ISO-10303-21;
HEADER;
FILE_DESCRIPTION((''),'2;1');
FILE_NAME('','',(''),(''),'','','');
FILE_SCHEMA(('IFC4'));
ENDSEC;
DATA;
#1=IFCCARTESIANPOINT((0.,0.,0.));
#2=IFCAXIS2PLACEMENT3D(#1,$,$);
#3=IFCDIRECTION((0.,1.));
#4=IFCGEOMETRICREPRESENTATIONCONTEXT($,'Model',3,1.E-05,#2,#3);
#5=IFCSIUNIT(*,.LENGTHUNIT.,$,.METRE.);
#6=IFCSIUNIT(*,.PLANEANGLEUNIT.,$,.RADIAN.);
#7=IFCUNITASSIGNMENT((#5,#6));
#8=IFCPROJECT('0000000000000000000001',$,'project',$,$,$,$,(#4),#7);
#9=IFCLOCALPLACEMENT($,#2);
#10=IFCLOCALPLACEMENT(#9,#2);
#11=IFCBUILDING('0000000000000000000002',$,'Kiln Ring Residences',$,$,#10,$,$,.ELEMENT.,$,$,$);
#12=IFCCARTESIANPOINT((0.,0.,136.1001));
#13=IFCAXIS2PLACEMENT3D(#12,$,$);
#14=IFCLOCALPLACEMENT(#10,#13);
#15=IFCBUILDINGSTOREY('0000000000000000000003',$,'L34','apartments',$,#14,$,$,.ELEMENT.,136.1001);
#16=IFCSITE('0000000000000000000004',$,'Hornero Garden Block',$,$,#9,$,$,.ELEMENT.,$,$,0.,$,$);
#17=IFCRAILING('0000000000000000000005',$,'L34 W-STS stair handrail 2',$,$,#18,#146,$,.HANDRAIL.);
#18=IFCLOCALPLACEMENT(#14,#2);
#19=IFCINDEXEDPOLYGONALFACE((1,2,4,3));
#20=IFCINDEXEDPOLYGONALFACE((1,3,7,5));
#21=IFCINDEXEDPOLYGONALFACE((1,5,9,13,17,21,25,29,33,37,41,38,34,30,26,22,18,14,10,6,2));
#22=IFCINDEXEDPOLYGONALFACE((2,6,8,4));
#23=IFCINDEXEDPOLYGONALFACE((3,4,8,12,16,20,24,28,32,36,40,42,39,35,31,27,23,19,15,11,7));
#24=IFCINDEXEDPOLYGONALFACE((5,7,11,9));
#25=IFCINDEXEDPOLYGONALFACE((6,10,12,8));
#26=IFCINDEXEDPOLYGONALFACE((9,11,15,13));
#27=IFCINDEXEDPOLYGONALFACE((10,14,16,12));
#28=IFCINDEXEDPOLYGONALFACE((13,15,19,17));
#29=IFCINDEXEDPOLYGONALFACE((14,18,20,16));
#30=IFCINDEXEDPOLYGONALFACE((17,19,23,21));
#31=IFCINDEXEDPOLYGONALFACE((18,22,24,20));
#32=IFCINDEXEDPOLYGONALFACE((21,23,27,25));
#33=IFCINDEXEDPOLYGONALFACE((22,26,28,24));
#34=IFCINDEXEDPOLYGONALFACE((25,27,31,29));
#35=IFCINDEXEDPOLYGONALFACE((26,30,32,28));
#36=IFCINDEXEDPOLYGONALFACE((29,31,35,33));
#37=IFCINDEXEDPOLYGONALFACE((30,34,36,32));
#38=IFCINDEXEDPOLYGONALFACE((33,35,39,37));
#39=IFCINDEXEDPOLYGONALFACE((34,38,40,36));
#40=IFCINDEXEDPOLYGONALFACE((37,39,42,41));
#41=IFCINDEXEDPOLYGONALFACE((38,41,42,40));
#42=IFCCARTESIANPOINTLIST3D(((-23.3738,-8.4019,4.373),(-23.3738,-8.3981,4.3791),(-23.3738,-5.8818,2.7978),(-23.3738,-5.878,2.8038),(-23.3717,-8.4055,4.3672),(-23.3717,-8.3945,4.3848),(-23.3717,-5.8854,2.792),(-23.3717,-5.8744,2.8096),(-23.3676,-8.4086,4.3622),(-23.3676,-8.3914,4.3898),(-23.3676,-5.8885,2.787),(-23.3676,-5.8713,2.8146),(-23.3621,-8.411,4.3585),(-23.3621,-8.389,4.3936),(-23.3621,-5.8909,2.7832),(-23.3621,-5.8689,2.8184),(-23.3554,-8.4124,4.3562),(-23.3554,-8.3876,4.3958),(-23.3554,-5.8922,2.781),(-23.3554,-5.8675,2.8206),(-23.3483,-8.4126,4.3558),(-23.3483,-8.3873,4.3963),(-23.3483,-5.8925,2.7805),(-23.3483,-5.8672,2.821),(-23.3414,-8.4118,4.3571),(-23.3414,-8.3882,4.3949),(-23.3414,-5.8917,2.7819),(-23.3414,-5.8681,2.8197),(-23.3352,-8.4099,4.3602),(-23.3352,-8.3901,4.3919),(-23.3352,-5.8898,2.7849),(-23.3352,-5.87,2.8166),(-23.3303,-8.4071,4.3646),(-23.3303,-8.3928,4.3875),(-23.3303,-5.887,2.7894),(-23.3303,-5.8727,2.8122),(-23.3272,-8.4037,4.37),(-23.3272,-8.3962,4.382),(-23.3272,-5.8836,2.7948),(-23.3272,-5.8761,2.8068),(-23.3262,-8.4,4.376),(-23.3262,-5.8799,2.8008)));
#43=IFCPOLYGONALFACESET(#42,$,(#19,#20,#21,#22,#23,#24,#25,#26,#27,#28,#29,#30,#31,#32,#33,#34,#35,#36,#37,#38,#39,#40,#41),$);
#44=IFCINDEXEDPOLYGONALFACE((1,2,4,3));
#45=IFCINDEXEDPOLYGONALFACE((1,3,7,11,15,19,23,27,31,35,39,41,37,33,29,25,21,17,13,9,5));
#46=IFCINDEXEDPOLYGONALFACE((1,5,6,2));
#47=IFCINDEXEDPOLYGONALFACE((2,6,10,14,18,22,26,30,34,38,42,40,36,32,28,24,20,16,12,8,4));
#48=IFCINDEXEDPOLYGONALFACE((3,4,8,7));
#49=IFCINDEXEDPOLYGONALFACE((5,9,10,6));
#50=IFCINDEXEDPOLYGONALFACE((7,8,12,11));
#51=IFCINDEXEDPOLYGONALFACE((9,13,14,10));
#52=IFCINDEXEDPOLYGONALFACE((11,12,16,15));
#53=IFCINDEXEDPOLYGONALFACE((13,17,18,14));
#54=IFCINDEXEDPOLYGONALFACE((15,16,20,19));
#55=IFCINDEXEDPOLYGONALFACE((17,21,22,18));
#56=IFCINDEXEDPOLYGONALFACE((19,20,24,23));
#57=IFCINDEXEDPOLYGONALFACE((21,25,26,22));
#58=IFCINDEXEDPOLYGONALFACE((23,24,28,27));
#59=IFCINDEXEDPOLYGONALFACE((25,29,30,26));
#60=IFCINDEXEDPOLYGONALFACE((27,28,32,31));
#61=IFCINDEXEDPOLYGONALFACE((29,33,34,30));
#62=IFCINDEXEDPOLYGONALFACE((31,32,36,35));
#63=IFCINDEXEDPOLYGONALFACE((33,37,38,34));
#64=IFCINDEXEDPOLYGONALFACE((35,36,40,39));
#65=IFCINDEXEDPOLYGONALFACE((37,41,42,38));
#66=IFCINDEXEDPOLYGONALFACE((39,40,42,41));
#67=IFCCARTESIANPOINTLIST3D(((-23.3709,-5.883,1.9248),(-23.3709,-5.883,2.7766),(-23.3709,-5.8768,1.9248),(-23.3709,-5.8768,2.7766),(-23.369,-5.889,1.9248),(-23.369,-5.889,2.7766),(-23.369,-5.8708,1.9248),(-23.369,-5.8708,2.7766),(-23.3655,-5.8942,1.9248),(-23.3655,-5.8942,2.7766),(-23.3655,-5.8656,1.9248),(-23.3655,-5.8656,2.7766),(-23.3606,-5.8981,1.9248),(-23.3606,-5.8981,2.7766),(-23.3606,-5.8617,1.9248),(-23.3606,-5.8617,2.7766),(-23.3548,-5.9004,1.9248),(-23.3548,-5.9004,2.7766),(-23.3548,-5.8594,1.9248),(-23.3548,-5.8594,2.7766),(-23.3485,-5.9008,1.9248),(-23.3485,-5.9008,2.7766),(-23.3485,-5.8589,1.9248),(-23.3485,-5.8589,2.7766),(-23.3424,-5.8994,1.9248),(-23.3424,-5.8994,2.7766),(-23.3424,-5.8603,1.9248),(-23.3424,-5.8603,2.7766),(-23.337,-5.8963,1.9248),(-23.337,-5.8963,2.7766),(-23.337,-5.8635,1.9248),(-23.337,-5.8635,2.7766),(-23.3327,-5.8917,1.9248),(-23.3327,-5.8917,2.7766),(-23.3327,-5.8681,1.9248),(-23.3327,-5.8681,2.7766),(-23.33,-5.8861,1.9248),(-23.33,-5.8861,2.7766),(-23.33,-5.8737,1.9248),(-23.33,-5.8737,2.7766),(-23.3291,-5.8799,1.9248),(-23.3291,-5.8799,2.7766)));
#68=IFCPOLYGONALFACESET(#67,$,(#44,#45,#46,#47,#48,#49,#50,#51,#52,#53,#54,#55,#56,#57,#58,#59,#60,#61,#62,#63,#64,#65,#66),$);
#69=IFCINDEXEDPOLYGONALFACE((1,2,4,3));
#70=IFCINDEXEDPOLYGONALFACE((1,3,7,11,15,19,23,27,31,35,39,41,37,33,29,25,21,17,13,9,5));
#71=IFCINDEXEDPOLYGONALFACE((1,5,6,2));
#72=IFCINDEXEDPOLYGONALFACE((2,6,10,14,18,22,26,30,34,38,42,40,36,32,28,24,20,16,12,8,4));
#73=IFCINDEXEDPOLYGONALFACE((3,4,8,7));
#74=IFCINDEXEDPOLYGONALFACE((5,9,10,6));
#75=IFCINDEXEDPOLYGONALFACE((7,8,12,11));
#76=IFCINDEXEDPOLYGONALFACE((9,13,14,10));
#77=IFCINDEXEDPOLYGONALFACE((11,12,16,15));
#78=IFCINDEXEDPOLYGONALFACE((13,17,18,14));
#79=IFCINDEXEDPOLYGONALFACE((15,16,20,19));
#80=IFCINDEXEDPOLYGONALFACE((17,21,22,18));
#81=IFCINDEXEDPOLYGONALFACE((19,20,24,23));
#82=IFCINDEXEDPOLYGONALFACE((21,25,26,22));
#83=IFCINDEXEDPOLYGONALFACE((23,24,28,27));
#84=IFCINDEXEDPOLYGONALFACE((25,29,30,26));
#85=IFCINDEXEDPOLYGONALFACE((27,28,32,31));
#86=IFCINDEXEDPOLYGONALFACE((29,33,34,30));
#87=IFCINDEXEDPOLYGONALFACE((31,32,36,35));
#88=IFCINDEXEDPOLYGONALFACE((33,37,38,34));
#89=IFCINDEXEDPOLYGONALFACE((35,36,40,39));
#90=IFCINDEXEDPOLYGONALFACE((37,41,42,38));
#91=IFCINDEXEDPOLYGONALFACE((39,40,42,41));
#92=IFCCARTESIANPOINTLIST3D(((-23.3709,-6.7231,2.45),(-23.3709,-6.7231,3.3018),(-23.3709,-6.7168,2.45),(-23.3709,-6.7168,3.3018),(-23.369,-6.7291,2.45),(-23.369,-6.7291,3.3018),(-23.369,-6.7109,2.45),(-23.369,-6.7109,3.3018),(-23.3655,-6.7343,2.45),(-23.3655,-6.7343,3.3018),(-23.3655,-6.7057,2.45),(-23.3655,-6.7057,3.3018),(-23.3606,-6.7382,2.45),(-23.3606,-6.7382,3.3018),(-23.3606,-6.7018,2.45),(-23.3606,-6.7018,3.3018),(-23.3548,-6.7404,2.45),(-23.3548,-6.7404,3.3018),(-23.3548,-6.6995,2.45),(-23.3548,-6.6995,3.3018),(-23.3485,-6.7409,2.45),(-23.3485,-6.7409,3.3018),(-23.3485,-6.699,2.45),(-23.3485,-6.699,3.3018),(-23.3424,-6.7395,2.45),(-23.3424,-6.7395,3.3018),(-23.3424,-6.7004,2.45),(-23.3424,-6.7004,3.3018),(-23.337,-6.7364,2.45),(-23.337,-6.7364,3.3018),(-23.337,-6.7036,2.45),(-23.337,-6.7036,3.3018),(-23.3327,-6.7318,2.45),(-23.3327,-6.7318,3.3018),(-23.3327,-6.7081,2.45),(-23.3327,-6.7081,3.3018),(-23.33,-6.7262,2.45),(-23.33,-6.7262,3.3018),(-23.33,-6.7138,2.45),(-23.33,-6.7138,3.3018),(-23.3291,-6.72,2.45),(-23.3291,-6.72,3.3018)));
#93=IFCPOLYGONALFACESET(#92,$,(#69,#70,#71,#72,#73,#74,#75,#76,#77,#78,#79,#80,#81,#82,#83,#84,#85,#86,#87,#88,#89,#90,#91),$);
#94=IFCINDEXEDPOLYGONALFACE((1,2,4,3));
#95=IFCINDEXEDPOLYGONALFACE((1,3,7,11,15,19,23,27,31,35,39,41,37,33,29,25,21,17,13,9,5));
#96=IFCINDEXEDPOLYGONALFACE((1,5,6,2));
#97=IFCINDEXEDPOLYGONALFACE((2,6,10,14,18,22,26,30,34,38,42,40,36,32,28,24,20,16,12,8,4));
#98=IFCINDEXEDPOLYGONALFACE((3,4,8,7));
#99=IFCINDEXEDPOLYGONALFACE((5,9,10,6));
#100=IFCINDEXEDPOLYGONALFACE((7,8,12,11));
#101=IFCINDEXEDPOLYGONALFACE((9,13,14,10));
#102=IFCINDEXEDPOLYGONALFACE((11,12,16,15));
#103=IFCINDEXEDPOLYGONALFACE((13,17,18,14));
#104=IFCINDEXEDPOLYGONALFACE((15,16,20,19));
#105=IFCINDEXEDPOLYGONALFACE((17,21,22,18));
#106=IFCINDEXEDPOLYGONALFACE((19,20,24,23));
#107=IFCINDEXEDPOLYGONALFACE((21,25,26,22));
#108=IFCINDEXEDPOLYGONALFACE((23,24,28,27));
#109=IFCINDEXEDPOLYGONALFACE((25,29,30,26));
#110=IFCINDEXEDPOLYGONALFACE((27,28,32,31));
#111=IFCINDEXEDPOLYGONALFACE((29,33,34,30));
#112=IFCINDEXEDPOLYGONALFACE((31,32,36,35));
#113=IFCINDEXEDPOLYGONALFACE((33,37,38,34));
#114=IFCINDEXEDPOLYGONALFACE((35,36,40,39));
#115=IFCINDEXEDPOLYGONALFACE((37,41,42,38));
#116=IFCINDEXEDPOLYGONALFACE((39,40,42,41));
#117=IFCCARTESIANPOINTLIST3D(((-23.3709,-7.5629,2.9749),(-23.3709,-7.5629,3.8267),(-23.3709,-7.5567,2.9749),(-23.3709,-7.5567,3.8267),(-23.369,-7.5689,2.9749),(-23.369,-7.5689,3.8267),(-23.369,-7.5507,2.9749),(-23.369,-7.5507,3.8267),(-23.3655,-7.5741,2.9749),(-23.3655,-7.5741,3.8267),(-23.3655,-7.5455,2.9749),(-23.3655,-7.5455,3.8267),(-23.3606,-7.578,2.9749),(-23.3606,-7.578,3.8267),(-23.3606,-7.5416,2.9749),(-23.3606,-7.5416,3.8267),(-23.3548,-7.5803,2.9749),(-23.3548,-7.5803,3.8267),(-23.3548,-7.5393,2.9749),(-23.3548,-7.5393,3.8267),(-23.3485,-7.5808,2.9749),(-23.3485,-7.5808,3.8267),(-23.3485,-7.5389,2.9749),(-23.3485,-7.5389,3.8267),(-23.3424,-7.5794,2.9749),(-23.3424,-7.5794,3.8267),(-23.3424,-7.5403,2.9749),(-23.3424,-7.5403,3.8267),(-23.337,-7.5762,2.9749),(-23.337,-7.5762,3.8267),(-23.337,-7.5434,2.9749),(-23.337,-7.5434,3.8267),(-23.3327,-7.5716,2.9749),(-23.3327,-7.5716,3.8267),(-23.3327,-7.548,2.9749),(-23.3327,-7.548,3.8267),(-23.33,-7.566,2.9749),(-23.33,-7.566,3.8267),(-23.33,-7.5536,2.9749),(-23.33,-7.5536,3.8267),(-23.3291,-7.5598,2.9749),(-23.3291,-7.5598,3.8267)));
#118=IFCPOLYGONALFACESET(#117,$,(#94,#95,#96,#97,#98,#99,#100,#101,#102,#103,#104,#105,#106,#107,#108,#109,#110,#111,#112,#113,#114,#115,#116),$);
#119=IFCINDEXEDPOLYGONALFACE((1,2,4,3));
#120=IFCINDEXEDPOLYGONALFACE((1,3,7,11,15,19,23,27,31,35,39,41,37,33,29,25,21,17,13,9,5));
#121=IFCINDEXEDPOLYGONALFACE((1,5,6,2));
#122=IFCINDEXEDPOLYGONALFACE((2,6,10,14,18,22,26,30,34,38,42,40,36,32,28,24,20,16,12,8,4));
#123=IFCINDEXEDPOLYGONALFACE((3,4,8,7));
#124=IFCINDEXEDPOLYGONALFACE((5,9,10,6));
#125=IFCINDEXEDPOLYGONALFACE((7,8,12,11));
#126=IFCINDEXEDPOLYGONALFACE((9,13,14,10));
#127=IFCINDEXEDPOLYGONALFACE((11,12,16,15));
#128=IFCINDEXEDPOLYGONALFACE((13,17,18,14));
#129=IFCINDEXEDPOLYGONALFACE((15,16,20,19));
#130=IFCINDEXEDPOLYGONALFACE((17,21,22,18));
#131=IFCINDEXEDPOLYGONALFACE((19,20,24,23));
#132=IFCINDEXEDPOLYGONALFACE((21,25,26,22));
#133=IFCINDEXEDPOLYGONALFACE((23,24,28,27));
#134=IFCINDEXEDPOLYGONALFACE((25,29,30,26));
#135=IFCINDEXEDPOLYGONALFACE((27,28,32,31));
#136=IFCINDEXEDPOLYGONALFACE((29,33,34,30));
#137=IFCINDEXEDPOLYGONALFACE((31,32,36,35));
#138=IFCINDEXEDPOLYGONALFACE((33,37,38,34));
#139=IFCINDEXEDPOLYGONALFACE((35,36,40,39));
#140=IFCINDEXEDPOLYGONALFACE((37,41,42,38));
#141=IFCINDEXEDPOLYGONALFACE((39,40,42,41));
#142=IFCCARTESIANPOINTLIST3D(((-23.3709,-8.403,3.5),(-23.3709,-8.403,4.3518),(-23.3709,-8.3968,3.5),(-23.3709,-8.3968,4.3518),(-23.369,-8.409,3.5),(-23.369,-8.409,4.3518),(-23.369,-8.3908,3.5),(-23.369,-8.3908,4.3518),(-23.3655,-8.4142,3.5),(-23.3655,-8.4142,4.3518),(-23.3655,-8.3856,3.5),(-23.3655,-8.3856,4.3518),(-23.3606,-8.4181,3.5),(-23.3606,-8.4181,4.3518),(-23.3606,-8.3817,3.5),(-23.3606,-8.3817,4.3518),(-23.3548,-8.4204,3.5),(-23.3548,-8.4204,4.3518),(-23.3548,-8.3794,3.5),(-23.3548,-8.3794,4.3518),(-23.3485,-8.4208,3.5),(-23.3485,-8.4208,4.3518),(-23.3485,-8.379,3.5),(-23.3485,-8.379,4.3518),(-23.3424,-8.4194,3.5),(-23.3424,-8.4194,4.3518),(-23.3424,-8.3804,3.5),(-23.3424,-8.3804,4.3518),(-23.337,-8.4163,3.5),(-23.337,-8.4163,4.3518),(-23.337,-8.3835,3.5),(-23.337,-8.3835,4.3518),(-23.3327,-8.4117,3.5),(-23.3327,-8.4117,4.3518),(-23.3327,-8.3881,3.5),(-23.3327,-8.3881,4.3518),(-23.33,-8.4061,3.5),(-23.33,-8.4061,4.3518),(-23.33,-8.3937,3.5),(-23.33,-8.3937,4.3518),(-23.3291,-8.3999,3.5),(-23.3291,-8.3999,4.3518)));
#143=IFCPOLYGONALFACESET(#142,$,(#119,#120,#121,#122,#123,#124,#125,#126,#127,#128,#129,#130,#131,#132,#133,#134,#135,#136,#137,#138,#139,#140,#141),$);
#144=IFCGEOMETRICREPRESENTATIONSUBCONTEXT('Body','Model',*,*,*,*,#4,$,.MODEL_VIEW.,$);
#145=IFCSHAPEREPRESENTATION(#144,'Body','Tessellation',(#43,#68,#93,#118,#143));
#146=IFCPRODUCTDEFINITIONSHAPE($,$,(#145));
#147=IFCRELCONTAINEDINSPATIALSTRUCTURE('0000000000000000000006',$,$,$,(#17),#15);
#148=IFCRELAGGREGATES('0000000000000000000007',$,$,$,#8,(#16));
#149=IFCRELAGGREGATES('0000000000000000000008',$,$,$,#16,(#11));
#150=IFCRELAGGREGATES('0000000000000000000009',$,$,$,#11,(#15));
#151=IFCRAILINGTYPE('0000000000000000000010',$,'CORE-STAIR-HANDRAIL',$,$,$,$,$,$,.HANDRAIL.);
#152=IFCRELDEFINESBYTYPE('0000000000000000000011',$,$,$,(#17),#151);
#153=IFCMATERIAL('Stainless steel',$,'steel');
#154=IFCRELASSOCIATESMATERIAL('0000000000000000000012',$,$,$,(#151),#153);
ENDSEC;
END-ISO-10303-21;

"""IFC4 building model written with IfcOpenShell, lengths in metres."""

from ifc_helpers import new_model, si_unit, direction, frame, origin, origin_2d, place, context, subcontext, project, spatial, circle, extrude, material, type_object, element, save


model = new_model("IFC4")

# Units and contexts
model_context = context("Model", 3, precision=1e-05, world=origin(), true_north=direction((0.0, 1.0)))
body_context = subcontext(model_context, "Body", "Model", "MODEL_VIEW")
ifc_project = project(units=[si_unit("LENGTHUNIT", "METRE"), si_unit("PLANEANGLEUNIT", "RADIAN")], contexts=[model_context])

# Site, building, storey
site_placement = place(None, origin())
site = spatial("IfcSite", under=ifc_project, at=site_placement, Name="Hornero Garden Block", CompositionType="ELEMENT", RefElevation=0.0)
building_placement = place(site_placement, origin())
building = spatial("IfcBuilding", under=site, at=building_placement, Name="Kiln Ring Residences", CompositionType="ELEMENT")
storey_placement = place(building_placement, frame((0.0, 0.0, 136.1001)))
storey = spatial("IfcBuildingStorey", under=building, at=storey_placement, Name="L34", Description="apartments", CompositionType="ELEMENT", Elevation=136.1001)

# Railing
ifc_material_1 = material(Name="Stainless steel", Category="steel")
railing_type_1 = type_object("IfcRailingType", Name="CORE-STAIR-HANDRAIL", PredefinedType="HANDRAIL", material=ifc_material_1)
railing_1_placement = place(storey_placement, frame((-23.3501, -5.8799, 1.9248)))
element("IfcRailing", 1, at=railing_1_placement, inside=storey, type_object=railing_type_1, Name="L34 W-STS stair handrail 2", PredefinedType="HANDRAIL", context=body_context, shape_type="SweptSolid", body=[
    extrude(circle(Radius=0.0239, at=origin_2d()), frame((0.0, 0.0, 0.876), z_axis=(0.0, -0.847971, 0.530043), x_axis=(1.0, 0.0, 0.0)), (0.0, 0.0, 1.0), 2.9719),
    extrude(circle(Radius=0.021, at=origin_2d()), origin(), (0.0, 0.0, 1.0), 0.8518),
    extrude(circle(Radius=0.021, at=origin_2d()), frame((0.0, -0.8401, 0.5251)), (0.0, 0.0, 1.0), 0.8518),
    extrude(circle(Radius=0.021, at=origin_2d()), frame((0.0, -1.6799, 1.05)), (0.0, 0.0, 1.0), 0.8518),
    extrude(circle(Radius=0.021, at=origin_2d()), frame((0.0, -2.52, 1.5752)), (0.0, 0.0, 1.0), 0.8518),
])

save(model, "model.ifc")
